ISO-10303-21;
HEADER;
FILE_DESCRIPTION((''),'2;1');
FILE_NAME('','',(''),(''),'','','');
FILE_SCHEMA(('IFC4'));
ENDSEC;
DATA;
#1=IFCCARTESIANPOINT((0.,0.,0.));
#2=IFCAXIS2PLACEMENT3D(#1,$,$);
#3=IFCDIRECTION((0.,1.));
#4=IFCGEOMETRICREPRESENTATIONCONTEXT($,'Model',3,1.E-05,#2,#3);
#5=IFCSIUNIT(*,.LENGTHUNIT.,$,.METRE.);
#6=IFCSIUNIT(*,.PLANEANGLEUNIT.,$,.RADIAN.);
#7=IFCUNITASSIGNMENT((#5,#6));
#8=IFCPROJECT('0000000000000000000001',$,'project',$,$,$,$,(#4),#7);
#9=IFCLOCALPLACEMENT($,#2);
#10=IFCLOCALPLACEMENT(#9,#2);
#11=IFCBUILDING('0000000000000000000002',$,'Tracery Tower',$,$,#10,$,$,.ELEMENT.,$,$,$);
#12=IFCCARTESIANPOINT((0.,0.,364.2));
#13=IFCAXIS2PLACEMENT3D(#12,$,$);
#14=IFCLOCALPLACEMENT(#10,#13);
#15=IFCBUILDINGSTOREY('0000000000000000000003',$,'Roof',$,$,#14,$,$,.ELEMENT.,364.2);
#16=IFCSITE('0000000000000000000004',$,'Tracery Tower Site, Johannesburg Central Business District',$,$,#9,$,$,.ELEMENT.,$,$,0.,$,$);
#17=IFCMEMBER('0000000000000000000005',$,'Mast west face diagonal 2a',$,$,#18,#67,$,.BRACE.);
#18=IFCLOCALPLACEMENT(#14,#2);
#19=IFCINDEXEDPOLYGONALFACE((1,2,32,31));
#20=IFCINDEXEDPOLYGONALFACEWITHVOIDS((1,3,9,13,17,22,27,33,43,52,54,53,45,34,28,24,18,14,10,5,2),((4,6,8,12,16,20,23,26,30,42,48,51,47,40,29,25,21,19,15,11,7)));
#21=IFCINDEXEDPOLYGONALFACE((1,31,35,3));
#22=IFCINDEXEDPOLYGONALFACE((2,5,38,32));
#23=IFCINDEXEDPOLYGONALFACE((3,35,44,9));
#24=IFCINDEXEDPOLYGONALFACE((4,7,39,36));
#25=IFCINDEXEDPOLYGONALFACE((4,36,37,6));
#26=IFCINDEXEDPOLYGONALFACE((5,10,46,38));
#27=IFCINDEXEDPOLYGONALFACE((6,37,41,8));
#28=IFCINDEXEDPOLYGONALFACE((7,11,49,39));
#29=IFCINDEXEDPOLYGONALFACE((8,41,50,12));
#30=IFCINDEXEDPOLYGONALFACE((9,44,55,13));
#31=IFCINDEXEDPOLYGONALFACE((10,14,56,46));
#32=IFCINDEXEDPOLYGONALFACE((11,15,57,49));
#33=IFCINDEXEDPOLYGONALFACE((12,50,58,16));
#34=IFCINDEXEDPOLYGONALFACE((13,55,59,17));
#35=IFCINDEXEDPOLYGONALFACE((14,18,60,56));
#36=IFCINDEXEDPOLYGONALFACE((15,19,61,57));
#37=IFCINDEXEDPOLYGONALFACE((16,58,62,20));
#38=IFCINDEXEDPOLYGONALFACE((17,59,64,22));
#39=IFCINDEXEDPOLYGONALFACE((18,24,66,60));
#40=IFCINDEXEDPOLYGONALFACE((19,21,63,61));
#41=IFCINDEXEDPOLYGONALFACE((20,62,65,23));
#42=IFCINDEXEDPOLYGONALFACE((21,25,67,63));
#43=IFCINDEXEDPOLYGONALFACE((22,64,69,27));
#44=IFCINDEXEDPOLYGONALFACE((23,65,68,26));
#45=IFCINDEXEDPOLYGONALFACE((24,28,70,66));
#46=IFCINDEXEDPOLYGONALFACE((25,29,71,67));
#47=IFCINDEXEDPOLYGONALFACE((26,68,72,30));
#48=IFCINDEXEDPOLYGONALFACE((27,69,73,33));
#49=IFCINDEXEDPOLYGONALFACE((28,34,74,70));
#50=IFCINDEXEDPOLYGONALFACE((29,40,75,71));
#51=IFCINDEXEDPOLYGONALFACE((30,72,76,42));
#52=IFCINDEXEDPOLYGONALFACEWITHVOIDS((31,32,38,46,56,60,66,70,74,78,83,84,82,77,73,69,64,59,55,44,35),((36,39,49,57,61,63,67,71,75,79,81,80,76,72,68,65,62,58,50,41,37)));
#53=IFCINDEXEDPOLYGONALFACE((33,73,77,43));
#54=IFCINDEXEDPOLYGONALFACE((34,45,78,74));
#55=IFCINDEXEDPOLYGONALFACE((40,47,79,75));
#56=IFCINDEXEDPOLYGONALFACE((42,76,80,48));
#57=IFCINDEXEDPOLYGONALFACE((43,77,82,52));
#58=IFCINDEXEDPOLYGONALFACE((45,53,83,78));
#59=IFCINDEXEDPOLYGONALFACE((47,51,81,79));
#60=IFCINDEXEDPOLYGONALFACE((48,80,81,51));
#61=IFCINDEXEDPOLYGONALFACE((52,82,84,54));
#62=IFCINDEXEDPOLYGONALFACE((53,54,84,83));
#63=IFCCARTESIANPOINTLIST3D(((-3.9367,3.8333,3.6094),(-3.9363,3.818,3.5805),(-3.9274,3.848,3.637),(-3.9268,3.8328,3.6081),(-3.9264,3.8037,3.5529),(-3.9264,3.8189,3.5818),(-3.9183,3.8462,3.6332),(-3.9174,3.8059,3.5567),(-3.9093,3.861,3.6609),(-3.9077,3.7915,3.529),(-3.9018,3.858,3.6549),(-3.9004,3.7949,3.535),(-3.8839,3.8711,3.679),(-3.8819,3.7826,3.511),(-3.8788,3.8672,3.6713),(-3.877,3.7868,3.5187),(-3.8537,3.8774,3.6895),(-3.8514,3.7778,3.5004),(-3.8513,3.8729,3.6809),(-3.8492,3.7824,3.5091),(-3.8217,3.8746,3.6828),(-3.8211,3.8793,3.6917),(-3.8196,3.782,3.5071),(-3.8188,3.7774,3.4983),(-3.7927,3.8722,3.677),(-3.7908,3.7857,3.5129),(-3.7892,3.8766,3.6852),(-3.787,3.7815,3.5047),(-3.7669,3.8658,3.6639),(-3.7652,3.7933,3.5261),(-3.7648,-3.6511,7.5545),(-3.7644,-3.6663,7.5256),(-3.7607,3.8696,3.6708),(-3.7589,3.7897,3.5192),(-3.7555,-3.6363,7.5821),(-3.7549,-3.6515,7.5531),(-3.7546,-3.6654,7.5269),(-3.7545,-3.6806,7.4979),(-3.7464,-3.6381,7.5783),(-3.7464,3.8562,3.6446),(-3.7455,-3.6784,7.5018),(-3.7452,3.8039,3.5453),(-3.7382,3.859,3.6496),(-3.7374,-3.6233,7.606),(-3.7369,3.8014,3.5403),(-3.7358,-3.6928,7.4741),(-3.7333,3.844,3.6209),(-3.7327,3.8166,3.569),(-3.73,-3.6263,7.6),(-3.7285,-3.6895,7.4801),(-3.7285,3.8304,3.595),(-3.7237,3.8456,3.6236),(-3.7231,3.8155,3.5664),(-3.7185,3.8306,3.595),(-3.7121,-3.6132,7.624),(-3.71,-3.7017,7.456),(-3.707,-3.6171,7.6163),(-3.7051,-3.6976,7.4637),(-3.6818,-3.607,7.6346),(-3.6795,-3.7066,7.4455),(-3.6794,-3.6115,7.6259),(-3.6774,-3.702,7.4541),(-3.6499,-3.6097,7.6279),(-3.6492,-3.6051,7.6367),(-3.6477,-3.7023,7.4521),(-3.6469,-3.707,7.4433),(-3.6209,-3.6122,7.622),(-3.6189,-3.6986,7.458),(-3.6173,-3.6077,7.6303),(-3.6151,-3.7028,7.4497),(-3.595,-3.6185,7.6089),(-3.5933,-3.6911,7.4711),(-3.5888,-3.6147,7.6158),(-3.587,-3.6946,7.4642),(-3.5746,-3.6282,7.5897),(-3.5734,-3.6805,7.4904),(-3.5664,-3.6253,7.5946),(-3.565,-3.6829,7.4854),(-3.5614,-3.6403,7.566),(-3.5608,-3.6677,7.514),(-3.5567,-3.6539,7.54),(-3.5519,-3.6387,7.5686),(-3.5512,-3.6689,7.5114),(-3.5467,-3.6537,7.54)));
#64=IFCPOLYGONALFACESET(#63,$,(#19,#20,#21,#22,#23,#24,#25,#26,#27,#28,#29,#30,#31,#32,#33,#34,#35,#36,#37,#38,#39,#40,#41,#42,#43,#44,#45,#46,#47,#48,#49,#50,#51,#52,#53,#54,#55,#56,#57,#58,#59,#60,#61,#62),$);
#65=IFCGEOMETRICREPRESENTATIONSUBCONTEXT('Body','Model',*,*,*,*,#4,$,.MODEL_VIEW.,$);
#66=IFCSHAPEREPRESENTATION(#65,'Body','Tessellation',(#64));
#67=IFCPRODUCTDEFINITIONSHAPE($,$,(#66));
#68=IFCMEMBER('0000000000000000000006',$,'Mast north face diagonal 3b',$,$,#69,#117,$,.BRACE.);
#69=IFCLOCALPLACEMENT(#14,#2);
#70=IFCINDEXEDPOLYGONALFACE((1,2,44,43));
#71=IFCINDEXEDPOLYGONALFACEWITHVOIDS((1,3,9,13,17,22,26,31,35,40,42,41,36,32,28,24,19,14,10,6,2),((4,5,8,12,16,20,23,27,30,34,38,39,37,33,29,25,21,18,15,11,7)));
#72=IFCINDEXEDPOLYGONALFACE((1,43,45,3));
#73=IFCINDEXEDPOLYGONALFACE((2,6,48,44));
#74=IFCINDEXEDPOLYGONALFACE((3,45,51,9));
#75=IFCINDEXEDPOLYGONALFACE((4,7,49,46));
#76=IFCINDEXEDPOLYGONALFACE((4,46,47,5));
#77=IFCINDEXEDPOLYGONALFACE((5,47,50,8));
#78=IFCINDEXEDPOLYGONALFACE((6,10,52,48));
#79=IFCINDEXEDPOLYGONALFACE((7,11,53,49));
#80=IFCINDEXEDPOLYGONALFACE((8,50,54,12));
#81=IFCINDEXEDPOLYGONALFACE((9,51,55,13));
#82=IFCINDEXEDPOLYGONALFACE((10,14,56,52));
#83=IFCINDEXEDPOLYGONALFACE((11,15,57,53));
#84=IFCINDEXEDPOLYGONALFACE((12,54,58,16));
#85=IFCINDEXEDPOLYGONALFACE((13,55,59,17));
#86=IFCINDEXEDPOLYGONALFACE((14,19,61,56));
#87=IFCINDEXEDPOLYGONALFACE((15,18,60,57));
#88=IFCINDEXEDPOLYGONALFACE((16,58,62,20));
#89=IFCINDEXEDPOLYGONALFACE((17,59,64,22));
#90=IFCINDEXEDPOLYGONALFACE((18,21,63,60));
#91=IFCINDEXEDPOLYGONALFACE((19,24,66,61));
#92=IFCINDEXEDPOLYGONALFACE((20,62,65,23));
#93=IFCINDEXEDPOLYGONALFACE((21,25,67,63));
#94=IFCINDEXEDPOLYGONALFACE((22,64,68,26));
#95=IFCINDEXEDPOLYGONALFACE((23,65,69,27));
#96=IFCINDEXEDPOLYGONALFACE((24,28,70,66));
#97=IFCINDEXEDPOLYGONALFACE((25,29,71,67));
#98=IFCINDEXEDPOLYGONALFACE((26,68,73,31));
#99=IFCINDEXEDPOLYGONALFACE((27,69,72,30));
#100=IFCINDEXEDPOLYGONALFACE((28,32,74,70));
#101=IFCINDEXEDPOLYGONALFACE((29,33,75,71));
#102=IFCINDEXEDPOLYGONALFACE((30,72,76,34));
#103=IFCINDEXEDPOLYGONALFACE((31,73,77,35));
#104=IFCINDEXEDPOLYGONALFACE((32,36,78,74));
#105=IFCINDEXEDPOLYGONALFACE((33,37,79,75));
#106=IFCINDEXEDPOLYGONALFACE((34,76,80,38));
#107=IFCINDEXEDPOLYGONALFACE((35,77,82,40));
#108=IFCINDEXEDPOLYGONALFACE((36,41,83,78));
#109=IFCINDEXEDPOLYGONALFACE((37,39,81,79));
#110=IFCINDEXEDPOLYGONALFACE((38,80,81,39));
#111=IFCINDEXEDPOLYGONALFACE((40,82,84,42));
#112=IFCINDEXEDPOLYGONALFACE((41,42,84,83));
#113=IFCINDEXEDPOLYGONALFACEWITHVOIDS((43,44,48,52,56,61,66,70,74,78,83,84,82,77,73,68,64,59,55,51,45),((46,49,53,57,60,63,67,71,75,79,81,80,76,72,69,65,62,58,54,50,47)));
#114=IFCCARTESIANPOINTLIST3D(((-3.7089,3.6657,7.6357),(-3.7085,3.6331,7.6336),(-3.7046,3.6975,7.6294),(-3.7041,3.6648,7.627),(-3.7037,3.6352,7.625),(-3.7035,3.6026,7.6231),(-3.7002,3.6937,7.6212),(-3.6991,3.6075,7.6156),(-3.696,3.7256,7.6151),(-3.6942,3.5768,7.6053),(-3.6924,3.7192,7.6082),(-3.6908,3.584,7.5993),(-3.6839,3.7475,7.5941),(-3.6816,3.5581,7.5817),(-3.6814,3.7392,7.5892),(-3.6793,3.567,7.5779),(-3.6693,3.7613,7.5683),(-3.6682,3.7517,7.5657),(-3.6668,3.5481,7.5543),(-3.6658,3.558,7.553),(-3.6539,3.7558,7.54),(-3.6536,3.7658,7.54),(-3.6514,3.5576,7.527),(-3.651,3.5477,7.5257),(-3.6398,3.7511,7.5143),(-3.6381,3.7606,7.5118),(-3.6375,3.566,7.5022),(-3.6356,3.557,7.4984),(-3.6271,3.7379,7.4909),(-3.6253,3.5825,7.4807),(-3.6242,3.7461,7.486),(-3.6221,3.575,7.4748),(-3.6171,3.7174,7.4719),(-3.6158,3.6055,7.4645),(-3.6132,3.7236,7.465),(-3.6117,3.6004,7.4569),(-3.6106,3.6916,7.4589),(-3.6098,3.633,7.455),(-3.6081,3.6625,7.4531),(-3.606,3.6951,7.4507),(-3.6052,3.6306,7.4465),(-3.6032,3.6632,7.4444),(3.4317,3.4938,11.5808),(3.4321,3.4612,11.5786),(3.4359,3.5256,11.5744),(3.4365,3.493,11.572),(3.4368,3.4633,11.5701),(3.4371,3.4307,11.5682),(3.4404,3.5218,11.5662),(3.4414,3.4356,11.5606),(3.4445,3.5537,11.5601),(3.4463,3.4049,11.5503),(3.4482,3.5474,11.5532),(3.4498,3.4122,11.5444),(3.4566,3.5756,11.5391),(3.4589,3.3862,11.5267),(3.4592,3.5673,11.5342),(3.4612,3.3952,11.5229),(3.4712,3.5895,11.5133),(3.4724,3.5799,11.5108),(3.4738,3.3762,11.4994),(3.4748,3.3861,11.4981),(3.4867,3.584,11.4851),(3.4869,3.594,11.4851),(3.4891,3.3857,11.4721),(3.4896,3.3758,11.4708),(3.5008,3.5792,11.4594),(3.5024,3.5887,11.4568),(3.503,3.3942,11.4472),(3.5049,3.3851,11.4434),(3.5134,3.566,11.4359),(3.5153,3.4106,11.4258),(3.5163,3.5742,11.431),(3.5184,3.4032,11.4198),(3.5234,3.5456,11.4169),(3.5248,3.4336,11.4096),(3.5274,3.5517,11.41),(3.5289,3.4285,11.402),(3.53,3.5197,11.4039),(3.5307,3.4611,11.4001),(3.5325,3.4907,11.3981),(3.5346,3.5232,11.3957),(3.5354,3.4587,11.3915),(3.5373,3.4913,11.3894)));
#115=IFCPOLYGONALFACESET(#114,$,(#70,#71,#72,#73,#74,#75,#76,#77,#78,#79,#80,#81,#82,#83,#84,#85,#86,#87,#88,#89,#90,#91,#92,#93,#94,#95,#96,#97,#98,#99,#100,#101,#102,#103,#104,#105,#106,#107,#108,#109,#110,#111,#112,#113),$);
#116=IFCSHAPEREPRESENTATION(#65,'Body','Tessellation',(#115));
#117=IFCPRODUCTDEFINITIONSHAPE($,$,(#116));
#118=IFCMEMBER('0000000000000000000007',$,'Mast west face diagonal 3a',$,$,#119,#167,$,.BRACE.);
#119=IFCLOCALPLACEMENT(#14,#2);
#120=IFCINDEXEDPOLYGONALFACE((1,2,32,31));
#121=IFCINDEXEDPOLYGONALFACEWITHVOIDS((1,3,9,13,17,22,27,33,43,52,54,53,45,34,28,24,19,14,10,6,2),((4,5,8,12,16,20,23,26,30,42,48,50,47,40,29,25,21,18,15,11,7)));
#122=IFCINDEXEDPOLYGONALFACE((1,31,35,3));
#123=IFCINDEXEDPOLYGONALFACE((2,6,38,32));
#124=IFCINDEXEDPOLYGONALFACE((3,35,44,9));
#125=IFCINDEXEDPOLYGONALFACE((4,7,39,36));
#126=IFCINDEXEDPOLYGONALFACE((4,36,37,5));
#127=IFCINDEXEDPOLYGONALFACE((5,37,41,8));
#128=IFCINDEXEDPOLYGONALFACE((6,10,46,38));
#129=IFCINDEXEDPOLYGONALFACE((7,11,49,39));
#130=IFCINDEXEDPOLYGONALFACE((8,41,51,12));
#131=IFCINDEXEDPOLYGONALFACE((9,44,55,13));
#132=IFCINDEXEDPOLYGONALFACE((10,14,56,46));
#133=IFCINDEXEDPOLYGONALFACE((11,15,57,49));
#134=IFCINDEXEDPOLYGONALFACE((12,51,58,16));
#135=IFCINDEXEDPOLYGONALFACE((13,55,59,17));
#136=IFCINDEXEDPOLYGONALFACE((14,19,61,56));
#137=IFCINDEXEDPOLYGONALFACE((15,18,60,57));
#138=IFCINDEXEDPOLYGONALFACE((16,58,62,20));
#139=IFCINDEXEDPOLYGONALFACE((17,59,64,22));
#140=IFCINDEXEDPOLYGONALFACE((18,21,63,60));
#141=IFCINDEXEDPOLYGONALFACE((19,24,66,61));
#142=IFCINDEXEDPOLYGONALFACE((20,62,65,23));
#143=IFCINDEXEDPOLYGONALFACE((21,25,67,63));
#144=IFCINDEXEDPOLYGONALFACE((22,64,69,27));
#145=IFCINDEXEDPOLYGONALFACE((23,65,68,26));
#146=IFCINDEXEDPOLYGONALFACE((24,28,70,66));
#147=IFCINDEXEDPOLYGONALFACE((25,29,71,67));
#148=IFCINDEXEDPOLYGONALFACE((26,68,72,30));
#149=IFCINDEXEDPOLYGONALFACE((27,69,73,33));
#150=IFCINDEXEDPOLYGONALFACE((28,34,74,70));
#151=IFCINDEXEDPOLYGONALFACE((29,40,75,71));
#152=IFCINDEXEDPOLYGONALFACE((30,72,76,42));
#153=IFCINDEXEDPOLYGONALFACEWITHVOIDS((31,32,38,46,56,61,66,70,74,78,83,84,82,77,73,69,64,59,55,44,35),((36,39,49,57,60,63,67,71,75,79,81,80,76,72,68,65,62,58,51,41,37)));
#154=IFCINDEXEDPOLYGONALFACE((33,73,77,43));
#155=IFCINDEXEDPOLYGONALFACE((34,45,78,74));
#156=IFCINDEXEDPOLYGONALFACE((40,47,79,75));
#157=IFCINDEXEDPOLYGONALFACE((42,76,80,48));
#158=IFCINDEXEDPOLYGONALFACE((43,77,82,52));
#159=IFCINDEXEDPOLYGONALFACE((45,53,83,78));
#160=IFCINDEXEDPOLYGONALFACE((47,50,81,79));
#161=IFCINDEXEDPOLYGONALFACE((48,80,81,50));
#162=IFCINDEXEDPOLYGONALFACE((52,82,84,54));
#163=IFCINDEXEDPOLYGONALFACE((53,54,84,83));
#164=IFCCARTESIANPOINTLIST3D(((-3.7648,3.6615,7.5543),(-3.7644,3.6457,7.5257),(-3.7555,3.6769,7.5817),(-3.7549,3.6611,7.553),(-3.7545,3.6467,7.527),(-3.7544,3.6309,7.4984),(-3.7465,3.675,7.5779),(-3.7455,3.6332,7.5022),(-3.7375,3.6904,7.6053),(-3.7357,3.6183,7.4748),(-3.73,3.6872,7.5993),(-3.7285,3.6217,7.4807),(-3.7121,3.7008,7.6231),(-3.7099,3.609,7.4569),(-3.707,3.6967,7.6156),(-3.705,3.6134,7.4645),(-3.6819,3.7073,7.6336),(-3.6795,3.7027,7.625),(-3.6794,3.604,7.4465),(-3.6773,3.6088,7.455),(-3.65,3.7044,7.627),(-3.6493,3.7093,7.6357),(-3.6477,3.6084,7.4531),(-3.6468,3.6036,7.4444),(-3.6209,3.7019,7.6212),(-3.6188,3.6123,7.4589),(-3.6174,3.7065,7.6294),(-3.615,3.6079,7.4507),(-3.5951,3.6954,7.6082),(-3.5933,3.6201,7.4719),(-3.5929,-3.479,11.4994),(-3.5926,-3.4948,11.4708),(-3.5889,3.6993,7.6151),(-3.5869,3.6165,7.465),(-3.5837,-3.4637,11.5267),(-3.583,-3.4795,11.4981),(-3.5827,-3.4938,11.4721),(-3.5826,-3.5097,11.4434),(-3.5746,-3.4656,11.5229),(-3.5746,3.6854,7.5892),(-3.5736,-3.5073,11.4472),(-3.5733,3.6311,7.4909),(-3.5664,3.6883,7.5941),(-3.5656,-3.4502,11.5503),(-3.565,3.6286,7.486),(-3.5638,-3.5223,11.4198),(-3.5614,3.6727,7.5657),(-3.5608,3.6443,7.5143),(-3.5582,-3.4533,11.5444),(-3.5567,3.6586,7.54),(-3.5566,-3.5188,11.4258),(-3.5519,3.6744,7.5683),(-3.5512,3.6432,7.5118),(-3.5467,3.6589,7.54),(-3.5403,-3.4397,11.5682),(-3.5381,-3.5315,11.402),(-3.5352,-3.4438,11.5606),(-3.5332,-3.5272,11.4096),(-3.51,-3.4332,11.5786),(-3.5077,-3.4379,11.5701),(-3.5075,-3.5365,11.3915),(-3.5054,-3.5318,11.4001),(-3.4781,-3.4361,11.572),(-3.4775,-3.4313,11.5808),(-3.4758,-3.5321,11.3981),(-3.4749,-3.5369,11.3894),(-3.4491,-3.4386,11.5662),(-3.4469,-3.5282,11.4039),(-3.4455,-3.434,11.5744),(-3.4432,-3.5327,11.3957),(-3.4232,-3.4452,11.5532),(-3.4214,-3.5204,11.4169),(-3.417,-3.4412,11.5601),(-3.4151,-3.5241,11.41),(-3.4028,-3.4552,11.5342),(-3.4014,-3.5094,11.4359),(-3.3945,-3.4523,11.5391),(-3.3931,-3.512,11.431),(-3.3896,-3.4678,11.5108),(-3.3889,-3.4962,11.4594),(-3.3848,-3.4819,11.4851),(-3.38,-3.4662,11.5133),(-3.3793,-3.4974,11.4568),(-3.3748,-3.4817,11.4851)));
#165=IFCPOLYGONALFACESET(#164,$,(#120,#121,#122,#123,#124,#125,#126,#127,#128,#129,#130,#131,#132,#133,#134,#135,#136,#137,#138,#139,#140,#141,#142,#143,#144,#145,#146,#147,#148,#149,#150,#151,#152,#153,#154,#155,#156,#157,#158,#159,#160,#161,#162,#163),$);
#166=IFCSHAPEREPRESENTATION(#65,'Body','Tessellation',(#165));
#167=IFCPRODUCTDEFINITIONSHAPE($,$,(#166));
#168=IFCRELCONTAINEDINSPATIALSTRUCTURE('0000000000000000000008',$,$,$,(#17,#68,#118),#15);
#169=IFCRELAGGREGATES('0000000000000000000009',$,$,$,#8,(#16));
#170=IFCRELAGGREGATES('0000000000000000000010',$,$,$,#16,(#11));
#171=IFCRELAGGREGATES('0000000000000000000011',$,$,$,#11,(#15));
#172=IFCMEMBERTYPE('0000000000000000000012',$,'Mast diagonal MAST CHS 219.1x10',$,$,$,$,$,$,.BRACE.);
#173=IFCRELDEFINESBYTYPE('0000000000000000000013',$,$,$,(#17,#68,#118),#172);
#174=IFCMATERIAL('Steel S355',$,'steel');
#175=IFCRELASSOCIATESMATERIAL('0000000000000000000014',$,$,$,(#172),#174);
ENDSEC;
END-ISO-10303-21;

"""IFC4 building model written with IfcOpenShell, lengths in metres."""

from ifc_helpers import new_model, si_unit, direction, frame, origin, origin_2d, place, context, subcontext, project, spatial, hollow_circle, extrude, material, material_profile, profile_set, type_object, element, save


model = new_model("IFC4")

# Units and contexts
model_context = context("Model", 3, precision=1e-05, world=origin(), true_north=direction((0.0, 1.0)))
body_context = subcontext(model_context, "Body", "Model", "MODEL_VIEW")
ifc_project = project(units=[si_unit("LENGTHUNIT", "METRE"), si_unit("PLANEANGLEUNIT", "RADIAN")], contexts=[model_context])

# Site, building, storey
site_placement = place(None, origin())
site = spatial("IfcSite", under=ifc_project, at=site_placement, Name="Tracery Tower Site, Johannesburg Central Business District", CompositionType="ELEMENT", RefElevation=0.0)
building_placement = place(site_placement, origin())
building = spatial("IfcBuilding", under=site, at=building_placement, Name="Tracery Tower", CompositionType="ELEMENT")
storey_placement = place(building_placement, frame((0.0, 0.0, 364.2)))
storey = spatial("IfcBuildingStorey", under=building, at=storey_placement, Name="Roof", CompositionType="ELEMENT", Elevation=364.2)

# Members
ifc_material_1 = material(Name="Steel S355", Category="steel")
ifc_material_profile_1 = material_profile(ifc_material_1, hollow_circle(Radius=0.1096, WallThickness=0.01, at=origin_2d()), Name="CHS 219.1x10")
ifc_profile_set_1 = profile_set([ifc_material_profile_1], Name="Steel S355")
member_type_1 = type_object("IfcMemberType", Name="Mast diagonal MAST CHS 219.1x10", PredefinedType="BRACE", material=ifc_profile_set_1)
for number, where, z_axis, x_axis, name in (
    (1, (-3.8281, 3.8281, 3.595), (0.020311, -0.884447, 0.466198), (0.999736, 0.022958, 0.0), "Mast west face diagonal 2a"),
):
    element("IfcMember", number, at=place(storey_placement, frame(where, z_axis=z_axis, x_axis=x_axis)), inside=storey, type_object=member_type_1, Name=name, PredefinedType="BRACE", context=body_context, shape_type="SweptSolid", body=[
        extrude(hollow_circle(Radius=0.1096, WallThickness=0.01, at=origin_2d()), origin(), (0.0, 0.0, 1.0), 8.4622),
    ])
for number, where, z_axis, x_axis, name in (
    (2, (-3.6562, 3.6562, 7.54), (0.875103, -0.021064, 0.483479), (0.024063, 0.99971, 0.0), "Mast north face diagonal 3b"),
    (3, (-3.6562, 3.6562, 7.54), (0.021064, -0.875103, 0.483479), (0.99971, 0.024063, 0.0), "Mast west face diagonal 3a"),
):
    element("IfcMember", number, at=place(storey_placement, frame(where, z_axis=z_axis, x_axis=x_axis)), inside=storey, type_object=member_type_1, Name=name, PredefinedType="BRACE", context=body_context, shape_type="SweptSolid", body=[
        extrude(hollow_circle(Radius=0.1096, WallThickness=0.01, at=origin_2d()), origin(), (0.0, 0.0, 1.0), 8.1597),
    ])

save(model, "model.ifc")
